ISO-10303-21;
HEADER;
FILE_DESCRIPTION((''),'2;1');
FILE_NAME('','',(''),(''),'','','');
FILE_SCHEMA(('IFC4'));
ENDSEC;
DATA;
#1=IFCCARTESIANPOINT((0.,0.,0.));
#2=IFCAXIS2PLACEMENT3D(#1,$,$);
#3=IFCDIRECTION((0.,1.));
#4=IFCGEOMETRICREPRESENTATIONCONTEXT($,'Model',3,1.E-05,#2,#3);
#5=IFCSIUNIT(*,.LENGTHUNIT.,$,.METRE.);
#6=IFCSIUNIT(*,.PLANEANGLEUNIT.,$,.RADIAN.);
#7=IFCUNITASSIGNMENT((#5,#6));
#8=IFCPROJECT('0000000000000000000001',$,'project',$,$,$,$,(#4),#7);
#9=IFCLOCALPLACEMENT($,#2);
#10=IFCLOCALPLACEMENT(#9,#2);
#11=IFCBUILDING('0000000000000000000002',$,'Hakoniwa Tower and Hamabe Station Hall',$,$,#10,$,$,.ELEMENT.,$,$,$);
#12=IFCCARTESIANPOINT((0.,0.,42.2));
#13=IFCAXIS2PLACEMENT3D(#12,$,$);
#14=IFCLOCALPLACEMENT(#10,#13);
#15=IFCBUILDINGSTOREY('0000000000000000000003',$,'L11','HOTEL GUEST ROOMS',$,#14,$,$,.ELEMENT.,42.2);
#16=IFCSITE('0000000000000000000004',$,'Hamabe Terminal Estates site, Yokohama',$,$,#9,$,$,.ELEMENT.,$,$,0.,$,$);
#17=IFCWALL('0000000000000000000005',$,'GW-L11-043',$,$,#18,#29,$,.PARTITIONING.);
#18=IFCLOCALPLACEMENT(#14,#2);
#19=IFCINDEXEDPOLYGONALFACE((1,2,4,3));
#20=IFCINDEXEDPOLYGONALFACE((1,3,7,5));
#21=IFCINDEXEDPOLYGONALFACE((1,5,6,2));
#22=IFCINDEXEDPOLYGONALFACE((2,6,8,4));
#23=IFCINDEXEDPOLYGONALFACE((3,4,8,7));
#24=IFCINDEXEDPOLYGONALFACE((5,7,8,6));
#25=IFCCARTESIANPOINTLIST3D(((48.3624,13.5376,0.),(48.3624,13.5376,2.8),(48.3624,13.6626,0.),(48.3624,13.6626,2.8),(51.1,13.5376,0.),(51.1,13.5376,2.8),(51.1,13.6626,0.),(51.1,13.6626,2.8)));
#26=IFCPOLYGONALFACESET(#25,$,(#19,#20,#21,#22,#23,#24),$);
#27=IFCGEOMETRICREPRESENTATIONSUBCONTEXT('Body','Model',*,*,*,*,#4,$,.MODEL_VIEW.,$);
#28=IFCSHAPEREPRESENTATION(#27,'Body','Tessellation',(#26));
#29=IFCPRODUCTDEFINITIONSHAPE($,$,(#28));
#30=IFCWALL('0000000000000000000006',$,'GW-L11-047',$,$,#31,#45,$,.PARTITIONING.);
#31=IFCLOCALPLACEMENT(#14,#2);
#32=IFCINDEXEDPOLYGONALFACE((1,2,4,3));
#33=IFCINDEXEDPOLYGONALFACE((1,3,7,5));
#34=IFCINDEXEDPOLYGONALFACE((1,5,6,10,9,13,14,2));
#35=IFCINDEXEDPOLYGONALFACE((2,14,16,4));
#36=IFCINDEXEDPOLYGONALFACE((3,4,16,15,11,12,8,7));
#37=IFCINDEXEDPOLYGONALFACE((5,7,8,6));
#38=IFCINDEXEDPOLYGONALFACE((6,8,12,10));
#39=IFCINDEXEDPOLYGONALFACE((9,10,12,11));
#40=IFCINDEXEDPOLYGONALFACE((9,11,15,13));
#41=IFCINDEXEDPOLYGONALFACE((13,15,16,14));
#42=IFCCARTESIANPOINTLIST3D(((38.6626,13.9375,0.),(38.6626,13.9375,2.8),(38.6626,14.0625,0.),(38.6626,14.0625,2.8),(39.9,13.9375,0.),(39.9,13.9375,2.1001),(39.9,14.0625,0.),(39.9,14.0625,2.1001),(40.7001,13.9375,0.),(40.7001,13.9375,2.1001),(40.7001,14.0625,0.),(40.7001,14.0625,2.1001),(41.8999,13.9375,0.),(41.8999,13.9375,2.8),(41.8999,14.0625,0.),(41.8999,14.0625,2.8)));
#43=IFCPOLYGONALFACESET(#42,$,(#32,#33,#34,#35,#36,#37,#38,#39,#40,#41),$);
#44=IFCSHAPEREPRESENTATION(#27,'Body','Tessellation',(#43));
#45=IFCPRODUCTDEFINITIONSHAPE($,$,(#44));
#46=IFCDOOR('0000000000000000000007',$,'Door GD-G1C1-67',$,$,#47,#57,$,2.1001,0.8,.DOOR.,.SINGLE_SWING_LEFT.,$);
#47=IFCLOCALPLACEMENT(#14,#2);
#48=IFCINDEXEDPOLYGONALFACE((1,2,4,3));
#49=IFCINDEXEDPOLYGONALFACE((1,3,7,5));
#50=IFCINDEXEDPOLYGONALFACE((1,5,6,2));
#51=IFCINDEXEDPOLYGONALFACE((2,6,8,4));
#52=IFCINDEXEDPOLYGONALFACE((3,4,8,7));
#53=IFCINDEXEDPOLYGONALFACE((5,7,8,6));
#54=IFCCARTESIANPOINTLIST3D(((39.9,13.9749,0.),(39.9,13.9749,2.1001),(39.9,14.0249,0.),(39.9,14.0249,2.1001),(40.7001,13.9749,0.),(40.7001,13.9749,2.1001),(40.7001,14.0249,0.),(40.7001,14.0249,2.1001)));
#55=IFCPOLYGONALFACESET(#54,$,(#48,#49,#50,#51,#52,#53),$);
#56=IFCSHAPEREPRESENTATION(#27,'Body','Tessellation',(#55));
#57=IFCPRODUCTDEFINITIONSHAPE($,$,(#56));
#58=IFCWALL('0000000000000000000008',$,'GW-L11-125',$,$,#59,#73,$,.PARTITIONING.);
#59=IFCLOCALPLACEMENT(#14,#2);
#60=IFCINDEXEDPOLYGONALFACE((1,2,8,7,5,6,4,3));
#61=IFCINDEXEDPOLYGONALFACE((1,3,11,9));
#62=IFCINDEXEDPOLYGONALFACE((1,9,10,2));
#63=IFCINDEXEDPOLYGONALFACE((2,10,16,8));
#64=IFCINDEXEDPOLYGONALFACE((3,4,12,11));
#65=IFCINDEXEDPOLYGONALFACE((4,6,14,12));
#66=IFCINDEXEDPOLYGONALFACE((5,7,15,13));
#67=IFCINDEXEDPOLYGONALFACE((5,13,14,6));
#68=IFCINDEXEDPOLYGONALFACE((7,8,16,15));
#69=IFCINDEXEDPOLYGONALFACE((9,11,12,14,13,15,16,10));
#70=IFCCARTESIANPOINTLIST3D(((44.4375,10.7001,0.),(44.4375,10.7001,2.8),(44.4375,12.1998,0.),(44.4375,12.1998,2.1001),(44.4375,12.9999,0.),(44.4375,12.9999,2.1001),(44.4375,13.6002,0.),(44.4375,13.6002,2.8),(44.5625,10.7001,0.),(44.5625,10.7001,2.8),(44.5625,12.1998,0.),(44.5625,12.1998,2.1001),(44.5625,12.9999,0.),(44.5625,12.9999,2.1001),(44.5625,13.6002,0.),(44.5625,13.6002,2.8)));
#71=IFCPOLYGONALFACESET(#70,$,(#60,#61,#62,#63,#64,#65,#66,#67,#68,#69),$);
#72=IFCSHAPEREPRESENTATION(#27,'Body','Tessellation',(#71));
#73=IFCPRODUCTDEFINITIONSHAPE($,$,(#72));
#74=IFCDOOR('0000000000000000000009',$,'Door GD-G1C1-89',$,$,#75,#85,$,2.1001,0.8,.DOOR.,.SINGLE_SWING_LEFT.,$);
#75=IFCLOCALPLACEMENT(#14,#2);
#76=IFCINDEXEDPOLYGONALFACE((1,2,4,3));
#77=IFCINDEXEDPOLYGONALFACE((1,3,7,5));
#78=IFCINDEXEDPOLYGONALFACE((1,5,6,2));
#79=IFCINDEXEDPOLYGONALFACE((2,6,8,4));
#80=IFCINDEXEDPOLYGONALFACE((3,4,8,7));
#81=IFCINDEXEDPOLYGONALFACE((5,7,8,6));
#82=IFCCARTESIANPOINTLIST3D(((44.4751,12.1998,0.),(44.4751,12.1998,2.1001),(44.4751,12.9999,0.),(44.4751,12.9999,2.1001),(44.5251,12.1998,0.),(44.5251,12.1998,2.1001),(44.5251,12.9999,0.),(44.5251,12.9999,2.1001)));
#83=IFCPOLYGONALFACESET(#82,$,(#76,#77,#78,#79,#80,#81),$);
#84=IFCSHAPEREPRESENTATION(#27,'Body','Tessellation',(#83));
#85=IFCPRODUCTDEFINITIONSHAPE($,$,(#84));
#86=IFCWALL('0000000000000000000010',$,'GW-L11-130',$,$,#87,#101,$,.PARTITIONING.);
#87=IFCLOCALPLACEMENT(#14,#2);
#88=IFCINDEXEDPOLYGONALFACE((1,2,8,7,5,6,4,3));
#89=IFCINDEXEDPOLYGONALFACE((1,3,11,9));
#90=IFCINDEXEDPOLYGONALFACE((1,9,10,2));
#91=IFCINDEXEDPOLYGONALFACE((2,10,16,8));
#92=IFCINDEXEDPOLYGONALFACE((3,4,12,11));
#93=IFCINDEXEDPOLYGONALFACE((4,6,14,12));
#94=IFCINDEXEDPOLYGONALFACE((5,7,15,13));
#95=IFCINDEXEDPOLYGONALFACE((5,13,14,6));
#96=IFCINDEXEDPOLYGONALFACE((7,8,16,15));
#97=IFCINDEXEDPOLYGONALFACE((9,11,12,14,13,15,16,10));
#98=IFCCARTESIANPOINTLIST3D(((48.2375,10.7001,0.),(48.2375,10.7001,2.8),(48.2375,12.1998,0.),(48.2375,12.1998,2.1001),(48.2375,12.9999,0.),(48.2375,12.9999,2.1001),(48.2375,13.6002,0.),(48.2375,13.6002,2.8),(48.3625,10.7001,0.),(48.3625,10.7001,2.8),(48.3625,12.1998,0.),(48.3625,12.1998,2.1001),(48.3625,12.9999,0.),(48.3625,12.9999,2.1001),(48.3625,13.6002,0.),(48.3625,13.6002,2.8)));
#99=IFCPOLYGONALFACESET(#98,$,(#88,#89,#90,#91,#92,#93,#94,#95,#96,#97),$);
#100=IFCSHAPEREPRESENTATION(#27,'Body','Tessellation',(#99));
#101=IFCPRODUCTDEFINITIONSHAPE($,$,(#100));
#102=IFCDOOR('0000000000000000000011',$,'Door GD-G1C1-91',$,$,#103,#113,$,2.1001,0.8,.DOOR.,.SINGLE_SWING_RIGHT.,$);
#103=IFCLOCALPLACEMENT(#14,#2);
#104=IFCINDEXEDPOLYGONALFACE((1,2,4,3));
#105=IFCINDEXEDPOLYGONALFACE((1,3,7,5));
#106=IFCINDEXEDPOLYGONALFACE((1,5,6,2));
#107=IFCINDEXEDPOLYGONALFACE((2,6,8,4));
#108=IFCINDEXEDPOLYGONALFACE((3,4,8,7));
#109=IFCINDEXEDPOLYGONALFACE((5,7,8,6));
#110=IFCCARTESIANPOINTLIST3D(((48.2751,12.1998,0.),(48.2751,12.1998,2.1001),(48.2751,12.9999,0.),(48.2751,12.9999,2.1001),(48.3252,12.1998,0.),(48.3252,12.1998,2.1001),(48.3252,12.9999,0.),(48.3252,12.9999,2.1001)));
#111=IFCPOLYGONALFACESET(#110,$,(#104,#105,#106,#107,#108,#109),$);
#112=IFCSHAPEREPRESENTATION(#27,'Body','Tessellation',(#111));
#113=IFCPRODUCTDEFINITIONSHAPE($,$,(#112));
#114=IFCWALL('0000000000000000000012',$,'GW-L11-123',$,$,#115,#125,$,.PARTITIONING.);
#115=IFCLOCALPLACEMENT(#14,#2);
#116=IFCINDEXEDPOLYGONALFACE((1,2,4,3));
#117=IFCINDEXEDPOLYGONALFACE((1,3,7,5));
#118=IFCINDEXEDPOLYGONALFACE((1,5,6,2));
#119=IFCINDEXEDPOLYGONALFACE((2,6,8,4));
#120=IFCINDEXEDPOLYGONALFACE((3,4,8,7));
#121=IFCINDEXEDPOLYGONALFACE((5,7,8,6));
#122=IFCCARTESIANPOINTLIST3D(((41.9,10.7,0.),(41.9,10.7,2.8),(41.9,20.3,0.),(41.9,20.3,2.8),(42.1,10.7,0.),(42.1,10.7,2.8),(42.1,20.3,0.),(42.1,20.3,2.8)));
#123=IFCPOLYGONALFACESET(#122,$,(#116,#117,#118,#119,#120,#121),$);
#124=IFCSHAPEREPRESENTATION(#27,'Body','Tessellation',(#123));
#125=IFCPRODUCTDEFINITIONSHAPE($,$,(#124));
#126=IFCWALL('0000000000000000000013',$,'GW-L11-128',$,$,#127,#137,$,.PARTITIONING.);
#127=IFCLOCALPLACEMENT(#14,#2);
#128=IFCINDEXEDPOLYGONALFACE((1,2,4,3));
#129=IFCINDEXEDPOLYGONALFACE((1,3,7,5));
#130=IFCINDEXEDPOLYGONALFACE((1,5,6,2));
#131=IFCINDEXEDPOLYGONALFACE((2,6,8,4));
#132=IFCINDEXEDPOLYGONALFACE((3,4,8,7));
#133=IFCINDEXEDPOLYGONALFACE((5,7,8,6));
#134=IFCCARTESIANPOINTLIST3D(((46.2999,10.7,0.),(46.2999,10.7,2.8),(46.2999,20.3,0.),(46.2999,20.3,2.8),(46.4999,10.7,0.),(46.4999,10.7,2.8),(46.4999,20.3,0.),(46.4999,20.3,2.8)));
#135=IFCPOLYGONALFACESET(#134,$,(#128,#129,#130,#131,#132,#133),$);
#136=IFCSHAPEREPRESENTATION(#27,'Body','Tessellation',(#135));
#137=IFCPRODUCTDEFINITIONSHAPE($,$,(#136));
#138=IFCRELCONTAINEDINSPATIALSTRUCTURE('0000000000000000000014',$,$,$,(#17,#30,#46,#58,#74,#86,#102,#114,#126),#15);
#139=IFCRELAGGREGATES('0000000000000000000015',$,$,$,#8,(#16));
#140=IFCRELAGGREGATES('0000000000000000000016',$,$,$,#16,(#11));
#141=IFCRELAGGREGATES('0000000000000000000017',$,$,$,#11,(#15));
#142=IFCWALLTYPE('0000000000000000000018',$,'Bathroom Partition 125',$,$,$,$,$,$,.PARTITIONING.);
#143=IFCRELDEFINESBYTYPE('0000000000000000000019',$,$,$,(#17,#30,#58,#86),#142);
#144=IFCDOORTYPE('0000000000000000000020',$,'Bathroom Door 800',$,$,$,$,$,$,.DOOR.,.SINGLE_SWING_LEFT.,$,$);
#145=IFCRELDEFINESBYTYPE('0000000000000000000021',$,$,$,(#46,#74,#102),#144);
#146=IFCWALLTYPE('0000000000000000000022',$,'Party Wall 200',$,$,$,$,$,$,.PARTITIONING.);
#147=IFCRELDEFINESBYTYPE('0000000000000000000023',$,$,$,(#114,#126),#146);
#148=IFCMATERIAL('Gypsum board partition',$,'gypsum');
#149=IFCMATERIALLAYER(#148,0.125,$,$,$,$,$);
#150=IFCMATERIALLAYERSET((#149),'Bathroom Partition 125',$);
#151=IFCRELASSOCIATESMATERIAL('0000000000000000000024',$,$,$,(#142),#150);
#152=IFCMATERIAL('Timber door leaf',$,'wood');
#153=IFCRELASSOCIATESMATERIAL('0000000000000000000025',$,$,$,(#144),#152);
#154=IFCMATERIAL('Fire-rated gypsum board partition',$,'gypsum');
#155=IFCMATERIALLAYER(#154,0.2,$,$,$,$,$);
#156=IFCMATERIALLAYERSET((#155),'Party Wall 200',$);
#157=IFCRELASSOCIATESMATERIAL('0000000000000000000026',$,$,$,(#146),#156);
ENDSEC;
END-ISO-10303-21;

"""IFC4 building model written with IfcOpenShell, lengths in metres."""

from ifc_helpers import new_model, si_unit, direction, frame, frame_2d, origin, place, context, subcontext, project, spatial, rectangle, extrude, material, layer, layer_set, type_object, element, fill, save


model = new_model("IFC4")

# Units and contexts
model_context = context("Model", 3, precision=1e-05, world=origin(), true_north=direction((0.0, 1.0)))
body_context = subcontext(model_context, "Body", "Model", "MODEL_VIEW")
ifc_project = project(units=[si_unit("LENGTHUNIT", "METRE"), si_unit("PLANEANGLEUNIT", "RADIAN")], contexts=[model_context])

# Site, building, storey
site_placement = place(None, origin())
site = spatial("IfcSite", under=ifc_project, at=site_placement, Name="Hamabe Terminal Estates site, Yokohama", CompositionType="ELEMENT", RefElevation=0.0)
building_placement = place(site_placement, origin())
building = spatial("IfcBuilding", under=site, at=building_placement, Name="Hakoniwa Tower and Hamabe Station Hall", CompositionType="ELEMENT")
storey_placement = place(building_placement, frame((0.0, 0.0, 42.2)))
storey = spatial("IfcBuildingStorey", under=building, at=storey_placement, Name="L11", Description="HOTEL GUEST ROOMS", CompositionType="ELEMENT", Elevation=42.2)

# Wall
ifc_material_1 = material(Name="Gypsum board partition", Category="gypsum")
ifc_layer_1 = layer(ifc_material_1, 0.125)
ifc_layer_set_1 = layer_set([ifc_layer_1], Name="Bathroom Partition 125")
wall_type_1 = type_object("IfcWallType", Name="Bathroom Partition 125", PredefinedType="PARTITIONING", material=ifc_layer_set_1)
wall_1_placement = place(storey_placement, frame((48.3625, 13.6001, 0.0), z_axis=(0.0, 0.0, 1.0), x_axis=(1.0, 0.0, 0.0)))
element("IfcWall", 1, at=wall_1_placement, inside=storey, type_object=wall_type_1, Name="GW-L11-043", PredefinedType="PARTITIONING", context=body_context, shape_type="SweptSolid", body=[
    extrude(rectangle(XDim=2.7375, YDim=0.125, at=frame_2d((1.3687, 0.0))), origin(), (0.0, 0.0, 1.0), 2.8),
])

# Walls, openings, doors
wall_2_placement = place(storey_placement, frame((38.6626, 14.0, 0.0), z_axis=(0.0, 0.0, 1.0), x_axis=(1.0, 0.0, 0.0)))
wall_2 = element("IfcWall", 2, at=wall_2_placement, inside=storey, type_object=wall_type_1, Name="GW-L11-047", PredefinedType="PARTITIONING", context=body_context, shape_type="SweptSolid", body=[
    extrude(rectangle(XDim=3.2373, YDim=0.125, at=frame_2d((1.6187, 0.0))), origin(), (0.0, 0.0, 1.0), 2.8),
])
opening_1_placement = place(wall_2_placement, frame((1.2375, 0.0, 0.0)))
opening_1 = element("IfcOpeningElement", 3, at=opening_1_placement, cuts=wall_2, PredefinedType="OPENING", context=body_context, shape_type="SweptSolid", body=[
    extrude(rectangle(XDim=0.8, YDim=2.1001, at=frame_2d((0.3999, 1.05))), frame((0.0, 0.0725, 0.0), z_axis=(0.0, -1.0, 0.0), x_axis=(1.0, 0.0, 0.0)), (0.0, 0.0, 1.0), 0.145),
])
ifc_material_2 = material(Name="Timber door leaf", Category="wood")
door_type = type_object("IfcDoorType", Name="Bathroom Door 800", OperationType="SINGLE_SWING_LEFT", PredefinedType="DOOR", material=ifc_material_2)
door_1_placement = place(opening_1_placement, origin())
door_1 = element("IfcDoor", 4, at=door_1_placement, inside=storey, type_object=door_type, Name="Door GD-G1C1-67", OperationType="SINGLE_SWING_LEFT", OverallHeight=2.1001, OverallWidth=0.8, PredefinedType="DOOR", context=body_context, shape_type="SweptSolid", body=[
    extrude(rectangle(XDim=0.8, YDim=2.1001, at=frame_2d((0.3999, 1.05))), frame((0.0, 0.0249, 0.0), z_axis=(0.0, -1.0, 0.0), x_axis=(1.0, 0.0, 0.0)), (0.0, 0.0, 1.0), 0.05),
])
fill(opening_1, door_1)
wall_3_placement = place(storey_placement, frame((44.5, 10.7, 0.0), z_axis=(0.0, 0.0, 1.0), x_axis=(0.0, 1.0, 0.0)))
wall_3 = element("IfcWall", 5, at=wall_3_placement, inside=storey, type_object=wall_type_1, Name="GW-L11-125", PredefinedType="PARTITIONING", context=body_context, shape_type="SweptSolid", body=[
    extrude(rectangle(XDim=2.9001, YDim=0.125, at=frame_2d((1.4502, 0.0))), origin(), (0.0, 0.0, 1.0), 2.8),
])
opening_2_placement = place(wall_3_placement, frame((1.5, 0.0, 0.0)))
opening_2 = element("IfcOpeningElement", 6, at=opening_2_placement, cuts=wall_3, PredefinedType="OPENING", context=body_context, shape_type="SweptSolid", body=[
    extrude(rectangle(XDim=0.8, YDim=2.1001, at=frame_2d((0.3999, 1.05))), frame((0.0, 0.0725, 0.0), z_axis=(0.0, -1.0, 0.0), x_axis=(1.0, 0.0, 0.0)), (0.0, 0.0, 1.0), 0.145),
])
door_2_placement = place(opening_2_placement, origin())
door_2 = element("IfcDoor", 7, at=door_2_placement, inside=storey, type_object=door_type, Name="Door GD-G1C1-89", OperationType="SINGLE_SWING_LEFT", OverallHeight=2.1001, OverallWidth=0.8, PredefinedType="DOOR", context=body_context, shape_type="SweptSolid", body=[
    extrude(rectangle(XDim=0.8, YDim=2.1001, at=frame_2d((0.3999, 1.05))), frame((0.0, 0.0249, 0.0), z_axis=(0.0, -1.0, 0.0), x_axis=(1.0, 0.0, 0.0)), (0.0, 0.0, 1.0), 0.05),
])
fill(opening_2, door_2)
wall_4_placement = place(storey_placement, frame((48.3, 10.7, 0.0), z_axis=(0.0, 0.0, 1.0), x_axis=(0.0, 1.0, 0.0)))
wall_4 = element("IfcWall", 8, at=wall_4_placement, inside=storey, type_object=wall_type_1, Name="GW-L11-130", PredefinedType="PARTITIONING", context=body_context, shape_type="SweptSolid", body=[
    extrude(rectangle(XDim=2.9001, YDim=0.125, at=frame_2d((1.4502, 0.0))), origin(), (0.0, 0.0, 1.0), 2.8),
])
opening_3_placement = place(wall_4_placement, frame((1.5, 0.0, 0.0)))
opening_3 = element("IfcOpeningElement", 9, at=opening_3_placement, cuts=wall_4, PredefinedType="OPENING", context=body_context, shape_type="SweptSolid", body=[
    extrude(rectangle(XDim=0.8, YDim=2.1001, at=frame_2d((0.3999, 1.05))), frame((0.0, 0.0725, 0.0), z_axis=(0.0, -1.0, 0.0), x_axis=(1.0, 0.0, 0.0)), (0.0, 0.0, 1.0), 0.145),
])
door_3_placement = place(opening_3_placement, origin())
door_3 = element("IfcDoor", 10, at=door_3_placement, inside=storey, type_object=door_type, Name="Door GD-G1C1-91", OperationType="SINGLE_SWING_RIGHT", OverallHeight=2.1001, OverallWidth=0.8, PredefinedType="DOOR", context=body_context, shape_type="SweptSolid", body=[
    extrude(rectangle(XDim=0.8, YDim=2.1001, at=frame_2d((0.3999, 1.05))), frame((0.0, 0.0249, 0.0), z_axis=(0.0, -1.0, 0.0), x_axis=(1.0, 0.0, 0.0)), (0.0, 0.0, 1.0), 0.05),
])
fill(opening_3, door_3)

# Walls
ifc_material_3 = material(Name="Fire-rated gypsum board partition", Category="gypsum")
ifc_layer_2 = layer(ifc_material_3, 0.2)
ifc_layer_set_2 = layer_set([ifc_layer_2], Name="Party Wall 200")
wall_type_2 = type_object("IfcWallType", Name="Party Wall 200", PredefinedType="PARTITIONING", material=ifc_layer_set_2)
for number, where, z_axis, x_axis, name in (
    (11, (42.0, 10.7, 0.0), (0.0, 0.0, 1.0), (0.0, 1.0, 0.0), "GW-L11-123"),
    (12, (46.3999, 10.7, 0.0), (0.0, 0.0, 1.0), (0.0, 1.0, 0.0), "GW-L11-128"),
):
    element("IfcWall", number, at=place(storey_placement, frame(where, z_axis=z_axis, x_axis=x_axis)), inside=storey, type_object=wall_type_2, Name=name, PredefinedType="PARTITIONING", context=body_context, shape_type="SweptSolid", body=[
        extrude(rectangle(XDim=9.6001, YDim=0.2, at=frame_2d((4.8, 0.0))), origin(), (0.0, 0.0, 1.0), 2.8),
    ])

save(model, "model.ifc")
